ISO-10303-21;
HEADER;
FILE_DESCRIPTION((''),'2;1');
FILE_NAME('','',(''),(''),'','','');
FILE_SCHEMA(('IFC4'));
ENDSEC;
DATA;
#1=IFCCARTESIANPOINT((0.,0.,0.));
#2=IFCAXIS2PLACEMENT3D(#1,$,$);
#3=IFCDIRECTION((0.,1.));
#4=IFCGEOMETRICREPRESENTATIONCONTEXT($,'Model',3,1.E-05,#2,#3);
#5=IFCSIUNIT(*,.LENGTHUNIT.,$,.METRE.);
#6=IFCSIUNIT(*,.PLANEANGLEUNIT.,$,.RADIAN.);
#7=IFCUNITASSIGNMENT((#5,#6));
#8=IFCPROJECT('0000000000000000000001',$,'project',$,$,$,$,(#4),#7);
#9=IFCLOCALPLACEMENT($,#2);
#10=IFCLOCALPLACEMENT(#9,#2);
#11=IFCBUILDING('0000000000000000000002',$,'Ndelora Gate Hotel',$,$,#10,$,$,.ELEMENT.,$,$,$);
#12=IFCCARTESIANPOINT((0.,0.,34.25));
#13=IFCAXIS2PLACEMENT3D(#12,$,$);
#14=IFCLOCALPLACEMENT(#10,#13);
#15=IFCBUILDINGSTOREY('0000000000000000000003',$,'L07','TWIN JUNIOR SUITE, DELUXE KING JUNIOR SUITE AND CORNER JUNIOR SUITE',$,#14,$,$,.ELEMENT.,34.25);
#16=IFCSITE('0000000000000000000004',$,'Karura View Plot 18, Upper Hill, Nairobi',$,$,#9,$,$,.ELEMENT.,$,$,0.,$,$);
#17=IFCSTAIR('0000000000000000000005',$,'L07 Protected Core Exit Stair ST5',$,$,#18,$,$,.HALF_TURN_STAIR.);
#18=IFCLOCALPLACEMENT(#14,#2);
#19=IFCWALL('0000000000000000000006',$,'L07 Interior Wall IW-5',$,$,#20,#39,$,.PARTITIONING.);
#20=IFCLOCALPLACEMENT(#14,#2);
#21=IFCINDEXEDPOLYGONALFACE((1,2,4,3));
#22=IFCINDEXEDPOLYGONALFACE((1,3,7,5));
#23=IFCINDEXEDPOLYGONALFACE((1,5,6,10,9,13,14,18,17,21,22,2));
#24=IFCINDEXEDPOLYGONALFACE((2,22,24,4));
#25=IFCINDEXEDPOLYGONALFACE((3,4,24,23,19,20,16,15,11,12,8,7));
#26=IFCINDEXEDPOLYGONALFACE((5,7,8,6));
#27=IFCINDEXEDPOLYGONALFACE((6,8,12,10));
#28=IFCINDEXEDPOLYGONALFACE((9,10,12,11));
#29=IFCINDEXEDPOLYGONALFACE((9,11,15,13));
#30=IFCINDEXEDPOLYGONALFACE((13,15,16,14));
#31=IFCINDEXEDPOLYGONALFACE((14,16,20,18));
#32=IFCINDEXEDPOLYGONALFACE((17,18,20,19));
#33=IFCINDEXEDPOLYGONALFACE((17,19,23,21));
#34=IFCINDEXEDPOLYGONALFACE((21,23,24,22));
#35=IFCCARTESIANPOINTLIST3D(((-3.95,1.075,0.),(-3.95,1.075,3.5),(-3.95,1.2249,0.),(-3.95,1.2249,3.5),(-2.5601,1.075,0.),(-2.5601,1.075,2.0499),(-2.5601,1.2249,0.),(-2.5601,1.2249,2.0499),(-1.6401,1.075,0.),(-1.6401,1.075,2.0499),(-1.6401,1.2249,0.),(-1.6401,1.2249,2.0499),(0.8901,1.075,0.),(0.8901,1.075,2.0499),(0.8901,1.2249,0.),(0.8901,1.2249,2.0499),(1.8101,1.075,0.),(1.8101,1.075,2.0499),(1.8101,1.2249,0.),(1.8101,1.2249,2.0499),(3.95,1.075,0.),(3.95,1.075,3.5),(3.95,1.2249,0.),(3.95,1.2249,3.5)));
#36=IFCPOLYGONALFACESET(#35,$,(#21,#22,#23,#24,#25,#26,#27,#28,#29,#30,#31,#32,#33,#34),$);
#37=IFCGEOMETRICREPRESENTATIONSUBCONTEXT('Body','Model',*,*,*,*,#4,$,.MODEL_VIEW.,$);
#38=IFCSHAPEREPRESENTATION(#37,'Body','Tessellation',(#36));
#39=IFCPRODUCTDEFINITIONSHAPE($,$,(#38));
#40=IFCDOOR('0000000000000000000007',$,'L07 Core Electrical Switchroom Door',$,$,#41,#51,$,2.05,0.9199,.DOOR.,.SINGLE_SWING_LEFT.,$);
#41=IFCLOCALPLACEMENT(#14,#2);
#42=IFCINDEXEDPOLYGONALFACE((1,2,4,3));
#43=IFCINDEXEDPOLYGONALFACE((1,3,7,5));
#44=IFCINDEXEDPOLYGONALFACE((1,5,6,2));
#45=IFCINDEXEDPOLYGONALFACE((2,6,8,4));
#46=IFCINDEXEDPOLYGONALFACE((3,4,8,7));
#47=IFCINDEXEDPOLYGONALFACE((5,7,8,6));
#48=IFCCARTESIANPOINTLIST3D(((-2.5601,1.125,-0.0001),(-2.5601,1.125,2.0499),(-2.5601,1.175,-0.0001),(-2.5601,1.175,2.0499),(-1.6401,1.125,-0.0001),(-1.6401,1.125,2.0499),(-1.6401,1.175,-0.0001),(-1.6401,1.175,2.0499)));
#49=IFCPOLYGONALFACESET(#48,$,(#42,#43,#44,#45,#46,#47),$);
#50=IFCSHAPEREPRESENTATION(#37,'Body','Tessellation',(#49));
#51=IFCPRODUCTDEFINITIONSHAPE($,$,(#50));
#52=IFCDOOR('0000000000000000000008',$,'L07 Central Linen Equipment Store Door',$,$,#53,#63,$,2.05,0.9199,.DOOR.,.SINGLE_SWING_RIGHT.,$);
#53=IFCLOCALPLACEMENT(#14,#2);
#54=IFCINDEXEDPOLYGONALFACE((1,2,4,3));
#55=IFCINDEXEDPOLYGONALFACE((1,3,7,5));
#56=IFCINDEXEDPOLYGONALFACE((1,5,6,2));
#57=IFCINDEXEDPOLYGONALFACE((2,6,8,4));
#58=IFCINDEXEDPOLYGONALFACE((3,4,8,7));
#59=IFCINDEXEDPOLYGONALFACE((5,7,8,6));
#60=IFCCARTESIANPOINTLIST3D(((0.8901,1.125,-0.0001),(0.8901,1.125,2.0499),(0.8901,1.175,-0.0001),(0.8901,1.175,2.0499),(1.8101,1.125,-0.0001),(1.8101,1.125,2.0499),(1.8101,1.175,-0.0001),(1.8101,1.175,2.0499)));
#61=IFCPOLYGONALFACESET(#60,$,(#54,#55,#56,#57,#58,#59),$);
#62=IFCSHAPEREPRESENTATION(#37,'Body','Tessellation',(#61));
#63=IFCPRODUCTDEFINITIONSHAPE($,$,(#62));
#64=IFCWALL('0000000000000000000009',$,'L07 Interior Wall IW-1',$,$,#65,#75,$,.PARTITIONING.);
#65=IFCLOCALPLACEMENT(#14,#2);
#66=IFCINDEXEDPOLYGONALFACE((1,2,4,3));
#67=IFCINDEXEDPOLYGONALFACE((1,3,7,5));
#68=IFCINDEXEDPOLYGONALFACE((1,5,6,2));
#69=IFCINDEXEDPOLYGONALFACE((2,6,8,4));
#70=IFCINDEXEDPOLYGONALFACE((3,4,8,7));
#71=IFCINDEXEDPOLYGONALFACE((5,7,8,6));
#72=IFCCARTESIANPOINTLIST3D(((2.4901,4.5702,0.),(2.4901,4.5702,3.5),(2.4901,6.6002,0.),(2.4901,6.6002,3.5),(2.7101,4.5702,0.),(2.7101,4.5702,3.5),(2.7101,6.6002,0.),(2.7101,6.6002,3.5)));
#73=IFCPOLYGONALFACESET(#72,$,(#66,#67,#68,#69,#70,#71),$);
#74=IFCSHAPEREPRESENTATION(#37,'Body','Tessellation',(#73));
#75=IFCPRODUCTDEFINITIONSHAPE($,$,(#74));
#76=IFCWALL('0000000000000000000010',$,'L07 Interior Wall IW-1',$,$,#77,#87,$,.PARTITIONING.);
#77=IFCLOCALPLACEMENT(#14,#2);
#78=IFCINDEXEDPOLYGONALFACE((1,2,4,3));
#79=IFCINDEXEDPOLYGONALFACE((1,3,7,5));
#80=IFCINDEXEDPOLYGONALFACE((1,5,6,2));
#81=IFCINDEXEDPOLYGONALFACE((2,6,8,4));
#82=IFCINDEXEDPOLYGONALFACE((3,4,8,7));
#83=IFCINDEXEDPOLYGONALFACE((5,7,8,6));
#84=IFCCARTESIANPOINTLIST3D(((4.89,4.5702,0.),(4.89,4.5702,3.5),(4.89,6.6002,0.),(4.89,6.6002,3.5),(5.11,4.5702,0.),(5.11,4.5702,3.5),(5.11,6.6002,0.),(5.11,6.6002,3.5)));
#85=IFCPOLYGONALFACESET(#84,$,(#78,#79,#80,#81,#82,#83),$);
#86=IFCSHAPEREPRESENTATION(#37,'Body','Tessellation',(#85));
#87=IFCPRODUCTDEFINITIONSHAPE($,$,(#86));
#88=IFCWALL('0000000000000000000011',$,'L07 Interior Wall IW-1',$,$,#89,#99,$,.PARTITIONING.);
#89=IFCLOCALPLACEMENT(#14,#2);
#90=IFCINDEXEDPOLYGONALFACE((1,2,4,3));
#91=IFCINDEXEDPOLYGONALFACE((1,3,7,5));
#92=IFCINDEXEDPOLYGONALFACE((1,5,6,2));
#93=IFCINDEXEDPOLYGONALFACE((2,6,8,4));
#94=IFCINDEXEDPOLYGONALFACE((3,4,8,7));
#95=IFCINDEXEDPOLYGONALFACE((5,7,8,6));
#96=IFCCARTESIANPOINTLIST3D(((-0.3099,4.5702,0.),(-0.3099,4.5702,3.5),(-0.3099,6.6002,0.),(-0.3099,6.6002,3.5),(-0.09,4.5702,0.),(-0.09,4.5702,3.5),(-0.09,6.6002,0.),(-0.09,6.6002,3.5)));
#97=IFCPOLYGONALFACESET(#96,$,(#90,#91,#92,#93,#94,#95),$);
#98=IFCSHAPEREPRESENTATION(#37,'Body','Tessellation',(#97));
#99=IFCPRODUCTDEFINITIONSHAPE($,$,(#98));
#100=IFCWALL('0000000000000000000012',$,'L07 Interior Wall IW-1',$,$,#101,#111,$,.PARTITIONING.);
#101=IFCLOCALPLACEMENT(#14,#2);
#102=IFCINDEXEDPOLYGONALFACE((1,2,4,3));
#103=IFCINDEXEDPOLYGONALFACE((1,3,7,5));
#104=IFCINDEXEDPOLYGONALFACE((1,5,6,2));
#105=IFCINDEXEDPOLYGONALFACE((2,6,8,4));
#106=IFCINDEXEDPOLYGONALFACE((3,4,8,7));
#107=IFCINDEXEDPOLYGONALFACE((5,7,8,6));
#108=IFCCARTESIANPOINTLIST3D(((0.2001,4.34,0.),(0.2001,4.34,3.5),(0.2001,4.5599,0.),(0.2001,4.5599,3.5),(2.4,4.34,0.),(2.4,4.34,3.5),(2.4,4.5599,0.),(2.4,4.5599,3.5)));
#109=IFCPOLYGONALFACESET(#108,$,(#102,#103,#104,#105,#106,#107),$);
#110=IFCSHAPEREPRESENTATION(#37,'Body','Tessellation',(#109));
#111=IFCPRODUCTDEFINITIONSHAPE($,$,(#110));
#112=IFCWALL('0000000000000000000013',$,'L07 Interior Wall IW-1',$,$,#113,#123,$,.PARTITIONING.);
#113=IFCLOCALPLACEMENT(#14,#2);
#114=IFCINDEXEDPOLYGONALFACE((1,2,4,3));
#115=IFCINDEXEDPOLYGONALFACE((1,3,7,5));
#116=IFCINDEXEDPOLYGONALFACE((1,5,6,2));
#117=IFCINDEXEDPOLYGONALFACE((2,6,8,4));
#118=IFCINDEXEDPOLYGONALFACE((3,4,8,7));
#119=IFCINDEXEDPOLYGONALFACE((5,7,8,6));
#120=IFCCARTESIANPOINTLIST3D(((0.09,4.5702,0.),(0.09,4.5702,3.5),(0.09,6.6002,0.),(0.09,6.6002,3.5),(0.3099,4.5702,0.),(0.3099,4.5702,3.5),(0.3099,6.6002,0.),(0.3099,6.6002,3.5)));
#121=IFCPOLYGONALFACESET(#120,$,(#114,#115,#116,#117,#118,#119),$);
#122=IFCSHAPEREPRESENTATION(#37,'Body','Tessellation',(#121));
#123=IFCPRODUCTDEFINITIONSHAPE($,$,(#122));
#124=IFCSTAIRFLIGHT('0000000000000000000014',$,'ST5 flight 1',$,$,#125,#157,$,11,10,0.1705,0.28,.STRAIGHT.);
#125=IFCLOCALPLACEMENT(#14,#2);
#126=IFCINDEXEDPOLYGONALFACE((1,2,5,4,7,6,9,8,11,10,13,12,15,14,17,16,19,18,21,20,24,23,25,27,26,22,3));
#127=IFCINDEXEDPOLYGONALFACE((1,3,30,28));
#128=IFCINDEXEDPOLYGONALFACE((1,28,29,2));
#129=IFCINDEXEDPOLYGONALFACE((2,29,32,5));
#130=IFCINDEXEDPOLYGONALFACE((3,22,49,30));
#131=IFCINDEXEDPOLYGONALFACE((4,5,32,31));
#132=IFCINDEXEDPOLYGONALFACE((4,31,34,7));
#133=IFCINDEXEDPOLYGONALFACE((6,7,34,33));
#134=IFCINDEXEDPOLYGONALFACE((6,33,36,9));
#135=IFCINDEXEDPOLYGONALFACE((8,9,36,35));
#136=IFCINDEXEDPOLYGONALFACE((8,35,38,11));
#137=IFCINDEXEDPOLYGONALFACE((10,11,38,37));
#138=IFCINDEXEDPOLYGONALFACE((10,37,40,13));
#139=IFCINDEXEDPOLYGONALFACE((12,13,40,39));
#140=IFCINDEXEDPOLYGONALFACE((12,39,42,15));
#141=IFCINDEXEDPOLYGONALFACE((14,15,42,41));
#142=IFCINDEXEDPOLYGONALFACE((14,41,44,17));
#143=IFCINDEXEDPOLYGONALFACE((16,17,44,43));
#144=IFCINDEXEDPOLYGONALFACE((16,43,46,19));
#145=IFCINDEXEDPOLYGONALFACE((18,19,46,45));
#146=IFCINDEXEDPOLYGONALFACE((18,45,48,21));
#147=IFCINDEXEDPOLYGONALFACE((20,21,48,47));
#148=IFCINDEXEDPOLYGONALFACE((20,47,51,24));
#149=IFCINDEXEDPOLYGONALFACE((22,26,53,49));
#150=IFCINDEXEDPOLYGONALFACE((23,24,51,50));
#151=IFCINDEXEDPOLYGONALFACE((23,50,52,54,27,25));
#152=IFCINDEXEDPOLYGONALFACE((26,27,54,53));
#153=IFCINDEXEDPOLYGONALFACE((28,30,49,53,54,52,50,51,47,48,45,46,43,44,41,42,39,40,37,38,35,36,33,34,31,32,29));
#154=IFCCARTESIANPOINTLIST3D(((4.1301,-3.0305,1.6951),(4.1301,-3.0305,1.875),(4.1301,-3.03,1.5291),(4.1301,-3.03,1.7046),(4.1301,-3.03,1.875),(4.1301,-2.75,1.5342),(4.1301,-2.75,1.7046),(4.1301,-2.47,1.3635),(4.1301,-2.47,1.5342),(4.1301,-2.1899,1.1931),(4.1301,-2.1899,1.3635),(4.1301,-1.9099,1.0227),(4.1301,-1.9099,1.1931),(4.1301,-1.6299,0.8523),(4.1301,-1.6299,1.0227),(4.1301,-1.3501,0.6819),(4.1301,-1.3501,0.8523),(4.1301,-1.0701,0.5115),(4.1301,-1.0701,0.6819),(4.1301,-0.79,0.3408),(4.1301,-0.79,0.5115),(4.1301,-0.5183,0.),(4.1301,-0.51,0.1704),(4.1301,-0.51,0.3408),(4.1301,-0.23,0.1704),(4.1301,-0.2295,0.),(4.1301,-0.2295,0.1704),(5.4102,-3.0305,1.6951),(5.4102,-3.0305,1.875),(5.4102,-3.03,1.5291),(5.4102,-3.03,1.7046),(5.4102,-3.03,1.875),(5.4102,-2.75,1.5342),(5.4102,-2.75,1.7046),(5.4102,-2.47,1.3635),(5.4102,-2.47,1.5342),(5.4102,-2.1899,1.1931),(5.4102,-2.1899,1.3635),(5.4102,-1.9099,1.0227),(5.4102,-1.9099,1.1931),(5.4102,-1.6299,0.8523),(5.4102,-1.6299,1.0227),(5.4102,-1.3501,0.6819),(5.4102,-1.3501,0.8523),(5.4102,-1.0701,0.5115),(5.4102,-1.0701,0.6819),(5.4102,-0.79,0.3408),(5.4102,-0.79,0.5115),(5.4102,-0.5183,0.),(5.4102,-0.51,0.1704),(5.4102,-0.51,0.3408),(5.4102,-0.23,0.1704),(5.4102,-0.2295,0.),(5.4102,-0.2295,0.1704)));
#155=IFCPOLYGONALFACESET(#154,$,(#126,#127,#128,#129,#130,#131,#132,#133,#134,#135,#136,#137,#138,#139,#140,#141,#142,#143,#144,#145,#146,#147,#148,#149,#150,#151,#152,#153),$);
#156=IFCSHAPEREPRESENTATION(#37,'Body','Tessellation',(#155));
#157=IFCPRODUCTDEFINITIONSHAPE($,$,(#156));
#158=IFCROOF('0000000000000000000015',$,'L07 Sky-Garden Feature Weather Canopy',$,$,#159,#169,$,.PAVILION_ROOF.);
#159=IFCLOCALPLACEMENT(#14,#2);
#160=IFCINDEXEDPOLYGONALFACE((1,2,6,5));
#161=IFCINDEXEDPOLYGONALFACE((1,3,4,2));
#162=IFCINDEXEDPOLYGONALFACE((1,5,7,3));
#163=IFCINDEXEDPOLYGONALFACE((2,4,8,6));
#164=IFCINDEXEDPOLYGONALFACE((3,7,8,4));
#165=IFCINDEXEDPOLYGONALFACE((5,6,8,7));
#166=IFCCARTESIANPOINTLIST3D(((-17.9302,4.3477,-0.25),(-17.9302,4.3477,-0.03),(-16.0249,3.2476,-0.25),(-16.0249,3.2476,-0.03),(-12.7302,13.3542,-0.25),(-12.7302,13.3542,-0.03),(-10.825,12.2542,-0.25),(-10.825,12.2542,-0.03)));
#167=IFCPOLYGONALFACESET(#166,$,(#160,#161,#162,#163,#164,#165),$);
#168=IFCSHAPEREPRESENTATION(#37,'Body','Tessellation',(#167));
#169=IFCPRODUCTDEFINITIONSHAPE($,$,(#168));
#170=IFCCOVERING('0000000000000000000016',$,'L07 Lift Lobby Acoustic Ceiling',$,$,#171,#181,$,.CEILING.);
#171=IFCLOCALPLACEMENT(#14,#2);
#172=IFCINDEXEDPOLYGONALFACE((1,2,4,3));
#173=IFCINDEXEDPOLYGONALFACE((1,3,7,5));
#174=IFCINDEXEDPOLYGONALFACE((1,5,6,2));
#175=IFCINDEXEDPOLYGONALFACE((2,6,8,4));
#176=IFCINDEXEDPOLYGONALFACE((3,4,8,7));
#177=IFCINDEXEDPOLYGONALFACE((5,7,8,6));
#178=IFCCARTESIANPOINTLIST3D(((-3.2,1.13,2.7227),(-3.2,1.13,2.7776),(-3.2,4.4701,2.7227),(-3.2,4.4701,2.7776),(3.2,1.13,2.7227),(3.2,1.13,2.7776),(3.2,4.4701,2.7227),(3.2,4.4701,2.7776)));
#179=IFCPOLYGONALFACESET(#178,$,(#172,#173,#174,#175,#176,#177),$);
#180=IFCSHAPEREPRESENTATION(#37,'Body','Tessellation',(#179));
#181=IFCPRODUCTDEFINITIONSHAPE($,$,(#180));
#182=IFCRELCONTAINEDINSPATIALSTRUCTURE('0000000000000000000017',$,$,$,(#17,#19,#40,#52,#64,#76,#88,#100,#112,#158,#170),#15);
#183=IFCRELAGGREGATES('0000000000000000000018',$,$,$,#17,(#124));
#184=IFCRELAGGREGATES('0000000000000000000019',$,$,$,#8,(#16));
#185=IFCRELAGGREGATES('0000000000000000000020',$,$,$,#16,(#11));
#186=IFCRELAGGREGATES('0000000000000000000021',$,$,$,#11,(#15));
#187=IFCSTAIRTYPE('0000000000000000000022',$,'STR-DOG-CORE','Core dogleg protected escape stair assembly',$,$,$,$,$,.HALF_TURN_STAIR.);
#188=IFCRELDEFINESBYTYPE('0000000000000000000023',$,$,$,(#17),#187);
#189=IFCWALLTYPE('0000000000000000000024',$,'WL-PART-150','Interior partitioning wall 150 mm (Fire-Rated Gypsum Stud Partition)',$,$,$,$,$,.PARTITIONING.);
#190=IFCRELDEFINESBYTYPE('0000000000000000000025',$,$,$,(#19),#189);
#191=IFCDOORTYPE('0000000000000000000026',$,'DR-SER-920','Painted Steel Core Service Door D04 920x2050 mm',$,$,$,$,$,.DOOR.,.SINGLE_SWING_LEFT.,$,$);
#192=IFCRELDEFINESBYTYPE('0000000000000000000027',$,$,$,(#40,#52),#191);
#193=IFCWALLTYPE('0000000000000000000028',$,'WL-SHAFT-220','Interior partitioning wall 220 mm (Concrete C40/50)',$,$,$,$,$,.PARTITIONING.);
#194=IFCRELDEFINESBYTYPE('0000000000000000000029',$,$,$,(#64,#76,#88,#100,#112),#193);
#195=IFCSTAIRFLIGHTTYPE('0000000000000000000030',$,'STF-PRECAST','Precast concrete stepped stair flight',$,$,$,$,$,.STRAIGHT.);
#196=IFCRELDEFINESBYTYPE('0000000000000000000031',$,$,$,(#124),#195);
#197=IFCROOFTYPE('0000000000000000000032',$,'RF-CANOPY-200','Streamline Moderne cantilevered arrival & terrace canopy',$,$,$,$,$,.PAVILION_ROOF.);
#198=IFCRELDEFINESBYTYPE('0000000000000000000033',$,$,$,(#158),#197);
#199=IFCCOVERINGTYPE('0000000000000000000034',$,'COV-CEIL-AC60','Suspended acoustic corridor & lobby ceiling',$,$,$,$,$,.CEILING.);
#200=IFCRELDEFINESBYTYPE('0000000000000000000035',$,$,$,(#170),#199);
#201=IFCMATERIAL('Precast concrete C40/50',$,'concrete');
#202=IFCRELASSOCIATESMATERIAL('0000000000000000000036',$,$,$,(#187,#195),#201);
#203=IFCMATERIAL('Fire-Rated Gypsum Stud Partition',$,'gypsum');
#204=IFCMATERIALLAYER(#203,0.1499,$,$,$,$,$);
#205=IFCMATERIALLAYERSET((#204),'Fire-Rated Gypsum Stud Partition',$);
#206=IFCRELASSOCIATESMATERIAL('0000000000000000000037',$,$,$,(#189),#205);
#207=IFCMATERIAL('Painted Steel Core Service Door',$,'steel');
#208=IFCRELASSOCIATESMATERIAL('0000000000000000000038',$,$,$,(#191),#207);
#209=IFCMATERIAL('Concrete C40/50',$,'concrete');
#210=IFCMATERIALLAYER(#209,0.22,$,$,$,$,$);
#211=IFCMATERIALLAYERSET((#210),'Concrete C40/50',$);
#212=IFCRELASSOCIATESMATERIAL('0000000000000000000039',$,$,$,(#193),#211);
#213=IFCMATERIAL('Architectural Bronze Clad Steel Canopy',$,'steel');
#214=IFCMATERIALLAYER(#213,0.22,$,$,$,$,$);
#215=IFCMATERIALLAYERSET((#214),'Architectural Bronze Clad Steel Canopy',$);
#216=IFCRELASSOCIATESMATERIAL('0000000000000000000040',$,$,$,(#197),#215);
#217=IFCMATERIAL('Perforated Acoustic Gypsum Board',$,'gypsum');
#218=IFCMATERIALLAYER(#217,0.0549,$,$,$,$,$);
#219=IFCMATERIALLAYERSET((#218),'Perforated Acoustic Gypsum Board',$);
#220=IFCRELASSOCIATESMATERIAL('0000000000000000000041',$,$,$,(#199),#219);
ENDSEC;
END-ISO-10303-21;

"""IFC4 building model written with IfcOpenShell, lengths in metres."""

from ifc_helpers import new_model, si_unit, direction, frame, frame_2d, origin, origin_2d, place, context, subcontext, project, spatial, polyline, rectangle, outline, extrude, material, layer, layer_set, type_object, element, fill, aggregate, save


model = new_model("IFC4")

# Units and contexts
model_context = context("Model", 3, precision=1e-05, world=origin(), true_north=direction((0.0, 1.0)))
body_context = subcontext(model_context, "Body", "Model", "MODEL_VIEW")
ifc_project = project(units=[si_unit("LENGTHUNIT", "METRE"), si_unit("PLANEANGLEUNIT", "RADIAN")], contexts=[model_context])

# Site, building, storey
site_placement = place(None, origin())
site = spatial("IfcSite", under=ifc_project, at=site_placement, Name="Karura View Plot 18, Upper Hill, Nairobi", CompositionType="ELEMENT", RefElevation=0.0)
building_placement = place(site_placement, origin())
building = spatial("IfcBuilding", under=site, at=building_placement, Name="Ndelora Gate Hotel", CompositionType="ELEMENT")
storey_placement = place(building_placement, frame((0.0, 0.0, 34.25)))
storey = spatial("IfcBuildingStorey", under=building, at=storey_placement, Name="L07", Description="TWIN JUNIOR SUITE, DELUXE KING JUNIOR SUITE AND CORNER JUNIOR SUITE", CompositionType="ELEMENT", Elevation=34.25)

# Stair
ifc_material_1 = material(Name="Precast concrete C40/50", Category="concrete")
stair_type = type_object("IfcStairType", Name="STR-DOG-CORE", Description="Core dogleg protected escape stair assembly", PredefinedType="HALF_TURN_STAIR", material=ifc_material_1)
stair_1_placement = place(storey_placement, origin())
stair_1 = element("IfcStair", 1, at=stair_1_placement, inside=storey, type_object=stair_type, Name="L07 Protected Core Exit Stair ST5", PredefinedType="HALF_TURN_STAIR")

# Shared definitions
ifc_material_2 = material(Name="Concrete C40/50", Category="concrete")

# Wall, openings, doors
ifc_material_3 = material(Name="Fire-Rated Gypsum Stud Partition", Category="gypsum")
ifc_layer_1 = layer(ifc_material_3, 0.1499)
ifc_layer_set_1 = layer_set([ifc_layer_1], Name="Fire-Rated Gypsum Stud Partition")
wall_type_1 = type_object("IfcWallType", Name="WL-PART-150", Description="Interior partitioning wall 150 mm (Fire-Rated Gypsum Stud Partition)", PredefinedType="PARTITIONING", material=ifc_layer_set_1)
wall_1_placement = place(storey_placement, frame((3.95, 1.1499, 0.0), z_axis=(0.0, 0.0, 1.0), x_axis=(-1.0, 0.0, 0.0)))
wall_1 = element("IfcWall", 2, at=wall_1_placement, inside=storey, type_object=wall_type_1, Name="L07 Interior Wall IW-5", PredefinedType="PARTITIONING", context=body_context, shape_type="SweptSolid", body=[
    extrude(rectangle(XDim=7.8999, YDim=0.1499, at=frame_2d((3.95, 0.0))), origin(), (0.0, 0.0, 1.0), 3.5),
])
opening_1_placement = place(wall_1_placement, frame((5.5901, 0.0, 0.0)))
opening_1 = element("IfcOpeningElement", 3, at=opening_1_placement, cuts=wall_1, PredefinedType="OPENING", context=body_context, shape_type="SweptSolid", body=[
    extrude(rectangle(XDim=0.9199, YDim=2.05, at=frame_2d((0.46, 1.0249))), frame((0.0, 0.085, 0.0), z_axis=(0.0, -1.0, 0.0), x_axis=(1.0, 0.0, 0.0)), (0.0, 0.0, 1.0), 0.1699),
])
opening_2_placement = place(wall_1_placement, frame((2.1399, 0.0, 0.0)))
opening_2 = element("IfcOpeningElement", 4, at=opening_2_placement, cuts=wall_1, PredefinedType="OPENING", context=body_context, shape_type="SweptSolid", body=[
    extrude(rectangle(XDim=0.9199, YDim=2.05, at=frame_2d((0.46, 1.0249))), frame((0.0, 0.085, 0.0), z_axis=(0.0, -1.0, 0.0), x_axis=(1.0, 0.0, 0.0)), (0.0, 0.0, 1.0), 0.1699),
])
ifc_material_4 = material(Name="Painted Steel Core Service Door", Category="steel")
door_type_1 = type_object("IfcDoorType", Name="DR-SER-920", Description="Painted Steel Core Service Door D04 920x2050 mm", OperationType="SINGLE_SWING_LEFT", PredefinedType="DOOR", material=ifc_material_4)
door_1_placement = place(opening_1_placement, origin())
door_1 = element("IfcDoor", 5, at=door_1_placement, inside=storey, type_object=door_type_1, Name="L07 Core Electrical Switchroom Door", OperationType="SINGLE_SWING_LEFT", OverallHeight=2.05, OverallWidth=0.9199, PredefinedType="DOOR", context=body_context, shape_type="SweptSolid", body=[
    extrude(rectangle(XDim=0.9199, YDim=2.05, at=frame_2d((0.46, 1.0249))), frame((0.0, 0.0249, 0.0), z_axis=(0.0, -1.0, 0.0), x_axis=(1.0, 0.0, 0.0)), (0.0, 0.0, 1.0), 0.05),
])
fill(opening_1, door_1)
door_2_placement = place(opening_2_placement, origin())
door_2 = element("IfcDoor", 6, at=door_2_placement, inside=storey, type_object=door_type_1, Name="L07 Central Linen Equipment Store Door", OperationType="SINGLE_SWING_RIGHT", OverallHeight=2.05, OverallWidth=0.9199, PredefinedType="DOOR", context=body_context, shape_type="SweptSolid", body=[
    extrude(rectangle(XDim=0.9199, YDim=2.05, at=frame_2d((0.46, 1.0249))), frame((0.0, 0.0249, 0.0), z_axis=(0.0, -1.0, 0.0), x_axis=(1.0, 0.0, 0.0)), (0.0, 0.0, 1.0), 0.05),
])
fill(opening_2, door_2)

# Shared definitions
ifc_layer_2 = layer(ifc_material_2, 0.22)
ifc_layer_set_2 = layer_set([ifc_layer_2], Name="Concrete C40/50")
wall_type_2 = type_object("IfcWallType", Name="WL-SHAFT-220", Description="Interior partitioning wall 220 mm (Concrete C40/50)", PredefinedType="PARTITIONING", material=ifc_layer_set_2)

# Walls
for number, where, z_axis, x_axis, name in (
    (7, (2.6001, 4.5701, 0.0), (0.0, 0.0, 1.0), (0.0, 1.0, 0.0), "L07 Interior Wall IW-1"),
    (8, (5.0, 4.5701, 0.0), (0.0, 0.0, 1.0), (0.0, 1.0, 0.0), "L07 Interior Wall IW-1"),
    (9, (-0.2, 4.5701, 0.0), (0.0, 0.0, 1.0), (0.0, 1.0, 0.0), "L07 Interior Wall IW-1"),
):
    element("IfcWall", number, at=place(storey_placement, frame(where, z_axis=z_axis, x_axis=x_axis)), inside=storey, type_object=wall_type_2, Name=name, PredefinedType="PARTITIONING", context=body_context, shape_type="SweptSolid", body=[
        extrude(rectangle(XDim=2.03, YDim=0.22, at=frame_2d((1.0151, 0.0))), origin(), (0.0, 0.0, 1.0), 3.5),
    ])
wall_2_placement = place(storey_placement, frame((0.2, 4.45, 0.0), z_axis=(0.0, 0.0, 1.0), x_axis=(1.0, 0.0, 0.0)))
element("IfcWall", 10, at=wall_2_placement, inside=storey, type_object=wall_type_2, Name="L07 Interior Wall IW-1", PredefinedType="PARTITIONING", context=body_context, shape_type="SweptSolid", body=[
    extrude(rectangle(XDim=2.2, YDim=0.22, at=frame_2d((1.1001, 0.0))), origin(), (0.0, 0.0, 1.0), 3.5),
])
wall_3_placement = place(storey_placement, frame((0.2, 4.5701, 0.0), z_axis=(0.0, 0.0, 1.0), x_axis=(0.0, 1.0, 0.0)))
element("IfcWall", 11, at=wall_3_placement, inside=storey, type_object=wall_type_2, Name="L07 Interior Wall IW-1", PredefinedType="PARTITIONING", context=body_context, shape_type="SweptSolid", body=[
    extrude(rectangle(XDim=2.03, YDim=0.22, at=frame_2d((1.0151, 0.0))), origin(), (0.0, 0.0, 1.0), 3.5),
])

# Stair flight
stair_flight_type = type_object("IfcStairFlightType", Name="STF-PRECAST", Description="Precast concrete stepped stair flight", PredefinedType="STRAIGHT", material=ifc_material_1)
stair_flight_placement = place(storey_placement, frame((4.77, -0.23, 0.0), z_axis=(0.0, 0.0, 1.0), x_axis=(0.0, -1.0, 0.0)))
stair_flight = element("IfcStairFlight", 12, at=stair_flight_placement, type_object=stair_flight_type, Name="ST5 flight 1", NumberOfRisers=11, NumberOfTreads=10, PredefinedType="STRAIGHT", RiserHeight=0.1705, TreadLength=0.28, context=body_context, shape_type="SweptSolid", body=[
    extrude(outline(polyline([(-0.0005, 0.0), (-0.0005, 0.1704), (0.0, 0.1704), (0.28, 0.1704), (0.28, 0.3408), (0.5601, 0.3408), (0.5601, 0.5115), (0.8401, 0.5115), (0.8401, 0.6819), (1.1201, 0.6819), (1.1201, 0.8523), (1.3999, 0.8523), (1.3999, 1.0227), (1.6799, 1.0227), (1.6799, 1.1931), (1.96, 1.1931), (1.96, 1.3635), (2.24, 1.3635), (2.24, 1.5342), (2.52, 1.5342), (2.52, 1.7046), (2.8, 1.7046), (2.8, 1.875), (2.8005, 1.875), (2.8005, 1.6951), (2.8, 1.5291), (0.2883, 0.0), (-0.0005, 0.0)])), frame((0.0, 0.6401, 0.0), z_axis=(0.0, -1.0, 0.0), x_axis=(1.0, 0.0, 0.0)), (0.0, 0.0, 1.0), 1.28),
])
aggregate(stair_1, [stair_flight])

# Roof
ifc_material_5 = material(Name="Architectural Bronze Clad Steel Canopy", Category="steel")
ifc_layer_3 = layer(ifc_material_5, 0.22)
ifc_layer_set_3 = layer_set([ifc_layer_3], Name="Architectural Bronze Clad Steel Canopy")
roof_type = type_object("IfcRoofType", Name="RF-CANOPY-200", Description="Streamline Moderne cantilevered arrival & terrace canopy", PredefinedType="PAVILION_ROOF", material=ifc_layer_set_3)
roof_placement = place(storey_placement, frame((0.0, 0.0, -0.25)))
element("IfcRoof", 13, at=roof_placement, inside=storey, type_object=roof_type, Name="L07 Sky-Garden Feature Weather Canopy", PredefinedType="PAVILION_ROOF", context=body_context, shape_type="SweptSolid", body=[
    extrude(outline(polyline([(-10.825, 12.2542), (-12.7302, 13.3542), (-17.9302, 4.3477), (-16.0249, 3.2476), (-10.825, 12.2542)])), origin(), (0.0, 0.0, 1.0), 0.22),
])

# Covering
ifc_material_6 = material(Name="Perforated Acoustic Gypsum Board", Category="gypsum")
ifc_layer_4 = layer(ifc_material_6, 0.0549)
ifc_layer_set_4 = layer_set([ifc_layer_4], Name="Perforated Acoustic Gypsum Board")
covering_type_1 = type_object("IfcCoveringType", Name="COV-CEIL-AC60", Description="Suspended acoustic corridor & lobby ceiling", PredefinedType="CEILING", material=ifc_layer_set_4)
covering_placement = place(storey_placement, frame((0.0, 2.8, 2.7227), z_axis=(0.0, 0.0, 1.0), x_axis=(1.0, 0.0, 0.0)))
element("IfcCovering", 14, at=covering_placement, inside=storey, type_object=covering_type_1, Name="L07 Lift Lobby Acoustic Ceiling", PredefinedType="CEILING", context=body_context, shape_type="SweptSolid", body=[
    extrude(rectangle(XDim=6.3999, YDim=3.3401, at=origin_2d()), origin(), (0.0, 0.0, 1.0), 0.0549),
])

save(model, "model.ifc")
